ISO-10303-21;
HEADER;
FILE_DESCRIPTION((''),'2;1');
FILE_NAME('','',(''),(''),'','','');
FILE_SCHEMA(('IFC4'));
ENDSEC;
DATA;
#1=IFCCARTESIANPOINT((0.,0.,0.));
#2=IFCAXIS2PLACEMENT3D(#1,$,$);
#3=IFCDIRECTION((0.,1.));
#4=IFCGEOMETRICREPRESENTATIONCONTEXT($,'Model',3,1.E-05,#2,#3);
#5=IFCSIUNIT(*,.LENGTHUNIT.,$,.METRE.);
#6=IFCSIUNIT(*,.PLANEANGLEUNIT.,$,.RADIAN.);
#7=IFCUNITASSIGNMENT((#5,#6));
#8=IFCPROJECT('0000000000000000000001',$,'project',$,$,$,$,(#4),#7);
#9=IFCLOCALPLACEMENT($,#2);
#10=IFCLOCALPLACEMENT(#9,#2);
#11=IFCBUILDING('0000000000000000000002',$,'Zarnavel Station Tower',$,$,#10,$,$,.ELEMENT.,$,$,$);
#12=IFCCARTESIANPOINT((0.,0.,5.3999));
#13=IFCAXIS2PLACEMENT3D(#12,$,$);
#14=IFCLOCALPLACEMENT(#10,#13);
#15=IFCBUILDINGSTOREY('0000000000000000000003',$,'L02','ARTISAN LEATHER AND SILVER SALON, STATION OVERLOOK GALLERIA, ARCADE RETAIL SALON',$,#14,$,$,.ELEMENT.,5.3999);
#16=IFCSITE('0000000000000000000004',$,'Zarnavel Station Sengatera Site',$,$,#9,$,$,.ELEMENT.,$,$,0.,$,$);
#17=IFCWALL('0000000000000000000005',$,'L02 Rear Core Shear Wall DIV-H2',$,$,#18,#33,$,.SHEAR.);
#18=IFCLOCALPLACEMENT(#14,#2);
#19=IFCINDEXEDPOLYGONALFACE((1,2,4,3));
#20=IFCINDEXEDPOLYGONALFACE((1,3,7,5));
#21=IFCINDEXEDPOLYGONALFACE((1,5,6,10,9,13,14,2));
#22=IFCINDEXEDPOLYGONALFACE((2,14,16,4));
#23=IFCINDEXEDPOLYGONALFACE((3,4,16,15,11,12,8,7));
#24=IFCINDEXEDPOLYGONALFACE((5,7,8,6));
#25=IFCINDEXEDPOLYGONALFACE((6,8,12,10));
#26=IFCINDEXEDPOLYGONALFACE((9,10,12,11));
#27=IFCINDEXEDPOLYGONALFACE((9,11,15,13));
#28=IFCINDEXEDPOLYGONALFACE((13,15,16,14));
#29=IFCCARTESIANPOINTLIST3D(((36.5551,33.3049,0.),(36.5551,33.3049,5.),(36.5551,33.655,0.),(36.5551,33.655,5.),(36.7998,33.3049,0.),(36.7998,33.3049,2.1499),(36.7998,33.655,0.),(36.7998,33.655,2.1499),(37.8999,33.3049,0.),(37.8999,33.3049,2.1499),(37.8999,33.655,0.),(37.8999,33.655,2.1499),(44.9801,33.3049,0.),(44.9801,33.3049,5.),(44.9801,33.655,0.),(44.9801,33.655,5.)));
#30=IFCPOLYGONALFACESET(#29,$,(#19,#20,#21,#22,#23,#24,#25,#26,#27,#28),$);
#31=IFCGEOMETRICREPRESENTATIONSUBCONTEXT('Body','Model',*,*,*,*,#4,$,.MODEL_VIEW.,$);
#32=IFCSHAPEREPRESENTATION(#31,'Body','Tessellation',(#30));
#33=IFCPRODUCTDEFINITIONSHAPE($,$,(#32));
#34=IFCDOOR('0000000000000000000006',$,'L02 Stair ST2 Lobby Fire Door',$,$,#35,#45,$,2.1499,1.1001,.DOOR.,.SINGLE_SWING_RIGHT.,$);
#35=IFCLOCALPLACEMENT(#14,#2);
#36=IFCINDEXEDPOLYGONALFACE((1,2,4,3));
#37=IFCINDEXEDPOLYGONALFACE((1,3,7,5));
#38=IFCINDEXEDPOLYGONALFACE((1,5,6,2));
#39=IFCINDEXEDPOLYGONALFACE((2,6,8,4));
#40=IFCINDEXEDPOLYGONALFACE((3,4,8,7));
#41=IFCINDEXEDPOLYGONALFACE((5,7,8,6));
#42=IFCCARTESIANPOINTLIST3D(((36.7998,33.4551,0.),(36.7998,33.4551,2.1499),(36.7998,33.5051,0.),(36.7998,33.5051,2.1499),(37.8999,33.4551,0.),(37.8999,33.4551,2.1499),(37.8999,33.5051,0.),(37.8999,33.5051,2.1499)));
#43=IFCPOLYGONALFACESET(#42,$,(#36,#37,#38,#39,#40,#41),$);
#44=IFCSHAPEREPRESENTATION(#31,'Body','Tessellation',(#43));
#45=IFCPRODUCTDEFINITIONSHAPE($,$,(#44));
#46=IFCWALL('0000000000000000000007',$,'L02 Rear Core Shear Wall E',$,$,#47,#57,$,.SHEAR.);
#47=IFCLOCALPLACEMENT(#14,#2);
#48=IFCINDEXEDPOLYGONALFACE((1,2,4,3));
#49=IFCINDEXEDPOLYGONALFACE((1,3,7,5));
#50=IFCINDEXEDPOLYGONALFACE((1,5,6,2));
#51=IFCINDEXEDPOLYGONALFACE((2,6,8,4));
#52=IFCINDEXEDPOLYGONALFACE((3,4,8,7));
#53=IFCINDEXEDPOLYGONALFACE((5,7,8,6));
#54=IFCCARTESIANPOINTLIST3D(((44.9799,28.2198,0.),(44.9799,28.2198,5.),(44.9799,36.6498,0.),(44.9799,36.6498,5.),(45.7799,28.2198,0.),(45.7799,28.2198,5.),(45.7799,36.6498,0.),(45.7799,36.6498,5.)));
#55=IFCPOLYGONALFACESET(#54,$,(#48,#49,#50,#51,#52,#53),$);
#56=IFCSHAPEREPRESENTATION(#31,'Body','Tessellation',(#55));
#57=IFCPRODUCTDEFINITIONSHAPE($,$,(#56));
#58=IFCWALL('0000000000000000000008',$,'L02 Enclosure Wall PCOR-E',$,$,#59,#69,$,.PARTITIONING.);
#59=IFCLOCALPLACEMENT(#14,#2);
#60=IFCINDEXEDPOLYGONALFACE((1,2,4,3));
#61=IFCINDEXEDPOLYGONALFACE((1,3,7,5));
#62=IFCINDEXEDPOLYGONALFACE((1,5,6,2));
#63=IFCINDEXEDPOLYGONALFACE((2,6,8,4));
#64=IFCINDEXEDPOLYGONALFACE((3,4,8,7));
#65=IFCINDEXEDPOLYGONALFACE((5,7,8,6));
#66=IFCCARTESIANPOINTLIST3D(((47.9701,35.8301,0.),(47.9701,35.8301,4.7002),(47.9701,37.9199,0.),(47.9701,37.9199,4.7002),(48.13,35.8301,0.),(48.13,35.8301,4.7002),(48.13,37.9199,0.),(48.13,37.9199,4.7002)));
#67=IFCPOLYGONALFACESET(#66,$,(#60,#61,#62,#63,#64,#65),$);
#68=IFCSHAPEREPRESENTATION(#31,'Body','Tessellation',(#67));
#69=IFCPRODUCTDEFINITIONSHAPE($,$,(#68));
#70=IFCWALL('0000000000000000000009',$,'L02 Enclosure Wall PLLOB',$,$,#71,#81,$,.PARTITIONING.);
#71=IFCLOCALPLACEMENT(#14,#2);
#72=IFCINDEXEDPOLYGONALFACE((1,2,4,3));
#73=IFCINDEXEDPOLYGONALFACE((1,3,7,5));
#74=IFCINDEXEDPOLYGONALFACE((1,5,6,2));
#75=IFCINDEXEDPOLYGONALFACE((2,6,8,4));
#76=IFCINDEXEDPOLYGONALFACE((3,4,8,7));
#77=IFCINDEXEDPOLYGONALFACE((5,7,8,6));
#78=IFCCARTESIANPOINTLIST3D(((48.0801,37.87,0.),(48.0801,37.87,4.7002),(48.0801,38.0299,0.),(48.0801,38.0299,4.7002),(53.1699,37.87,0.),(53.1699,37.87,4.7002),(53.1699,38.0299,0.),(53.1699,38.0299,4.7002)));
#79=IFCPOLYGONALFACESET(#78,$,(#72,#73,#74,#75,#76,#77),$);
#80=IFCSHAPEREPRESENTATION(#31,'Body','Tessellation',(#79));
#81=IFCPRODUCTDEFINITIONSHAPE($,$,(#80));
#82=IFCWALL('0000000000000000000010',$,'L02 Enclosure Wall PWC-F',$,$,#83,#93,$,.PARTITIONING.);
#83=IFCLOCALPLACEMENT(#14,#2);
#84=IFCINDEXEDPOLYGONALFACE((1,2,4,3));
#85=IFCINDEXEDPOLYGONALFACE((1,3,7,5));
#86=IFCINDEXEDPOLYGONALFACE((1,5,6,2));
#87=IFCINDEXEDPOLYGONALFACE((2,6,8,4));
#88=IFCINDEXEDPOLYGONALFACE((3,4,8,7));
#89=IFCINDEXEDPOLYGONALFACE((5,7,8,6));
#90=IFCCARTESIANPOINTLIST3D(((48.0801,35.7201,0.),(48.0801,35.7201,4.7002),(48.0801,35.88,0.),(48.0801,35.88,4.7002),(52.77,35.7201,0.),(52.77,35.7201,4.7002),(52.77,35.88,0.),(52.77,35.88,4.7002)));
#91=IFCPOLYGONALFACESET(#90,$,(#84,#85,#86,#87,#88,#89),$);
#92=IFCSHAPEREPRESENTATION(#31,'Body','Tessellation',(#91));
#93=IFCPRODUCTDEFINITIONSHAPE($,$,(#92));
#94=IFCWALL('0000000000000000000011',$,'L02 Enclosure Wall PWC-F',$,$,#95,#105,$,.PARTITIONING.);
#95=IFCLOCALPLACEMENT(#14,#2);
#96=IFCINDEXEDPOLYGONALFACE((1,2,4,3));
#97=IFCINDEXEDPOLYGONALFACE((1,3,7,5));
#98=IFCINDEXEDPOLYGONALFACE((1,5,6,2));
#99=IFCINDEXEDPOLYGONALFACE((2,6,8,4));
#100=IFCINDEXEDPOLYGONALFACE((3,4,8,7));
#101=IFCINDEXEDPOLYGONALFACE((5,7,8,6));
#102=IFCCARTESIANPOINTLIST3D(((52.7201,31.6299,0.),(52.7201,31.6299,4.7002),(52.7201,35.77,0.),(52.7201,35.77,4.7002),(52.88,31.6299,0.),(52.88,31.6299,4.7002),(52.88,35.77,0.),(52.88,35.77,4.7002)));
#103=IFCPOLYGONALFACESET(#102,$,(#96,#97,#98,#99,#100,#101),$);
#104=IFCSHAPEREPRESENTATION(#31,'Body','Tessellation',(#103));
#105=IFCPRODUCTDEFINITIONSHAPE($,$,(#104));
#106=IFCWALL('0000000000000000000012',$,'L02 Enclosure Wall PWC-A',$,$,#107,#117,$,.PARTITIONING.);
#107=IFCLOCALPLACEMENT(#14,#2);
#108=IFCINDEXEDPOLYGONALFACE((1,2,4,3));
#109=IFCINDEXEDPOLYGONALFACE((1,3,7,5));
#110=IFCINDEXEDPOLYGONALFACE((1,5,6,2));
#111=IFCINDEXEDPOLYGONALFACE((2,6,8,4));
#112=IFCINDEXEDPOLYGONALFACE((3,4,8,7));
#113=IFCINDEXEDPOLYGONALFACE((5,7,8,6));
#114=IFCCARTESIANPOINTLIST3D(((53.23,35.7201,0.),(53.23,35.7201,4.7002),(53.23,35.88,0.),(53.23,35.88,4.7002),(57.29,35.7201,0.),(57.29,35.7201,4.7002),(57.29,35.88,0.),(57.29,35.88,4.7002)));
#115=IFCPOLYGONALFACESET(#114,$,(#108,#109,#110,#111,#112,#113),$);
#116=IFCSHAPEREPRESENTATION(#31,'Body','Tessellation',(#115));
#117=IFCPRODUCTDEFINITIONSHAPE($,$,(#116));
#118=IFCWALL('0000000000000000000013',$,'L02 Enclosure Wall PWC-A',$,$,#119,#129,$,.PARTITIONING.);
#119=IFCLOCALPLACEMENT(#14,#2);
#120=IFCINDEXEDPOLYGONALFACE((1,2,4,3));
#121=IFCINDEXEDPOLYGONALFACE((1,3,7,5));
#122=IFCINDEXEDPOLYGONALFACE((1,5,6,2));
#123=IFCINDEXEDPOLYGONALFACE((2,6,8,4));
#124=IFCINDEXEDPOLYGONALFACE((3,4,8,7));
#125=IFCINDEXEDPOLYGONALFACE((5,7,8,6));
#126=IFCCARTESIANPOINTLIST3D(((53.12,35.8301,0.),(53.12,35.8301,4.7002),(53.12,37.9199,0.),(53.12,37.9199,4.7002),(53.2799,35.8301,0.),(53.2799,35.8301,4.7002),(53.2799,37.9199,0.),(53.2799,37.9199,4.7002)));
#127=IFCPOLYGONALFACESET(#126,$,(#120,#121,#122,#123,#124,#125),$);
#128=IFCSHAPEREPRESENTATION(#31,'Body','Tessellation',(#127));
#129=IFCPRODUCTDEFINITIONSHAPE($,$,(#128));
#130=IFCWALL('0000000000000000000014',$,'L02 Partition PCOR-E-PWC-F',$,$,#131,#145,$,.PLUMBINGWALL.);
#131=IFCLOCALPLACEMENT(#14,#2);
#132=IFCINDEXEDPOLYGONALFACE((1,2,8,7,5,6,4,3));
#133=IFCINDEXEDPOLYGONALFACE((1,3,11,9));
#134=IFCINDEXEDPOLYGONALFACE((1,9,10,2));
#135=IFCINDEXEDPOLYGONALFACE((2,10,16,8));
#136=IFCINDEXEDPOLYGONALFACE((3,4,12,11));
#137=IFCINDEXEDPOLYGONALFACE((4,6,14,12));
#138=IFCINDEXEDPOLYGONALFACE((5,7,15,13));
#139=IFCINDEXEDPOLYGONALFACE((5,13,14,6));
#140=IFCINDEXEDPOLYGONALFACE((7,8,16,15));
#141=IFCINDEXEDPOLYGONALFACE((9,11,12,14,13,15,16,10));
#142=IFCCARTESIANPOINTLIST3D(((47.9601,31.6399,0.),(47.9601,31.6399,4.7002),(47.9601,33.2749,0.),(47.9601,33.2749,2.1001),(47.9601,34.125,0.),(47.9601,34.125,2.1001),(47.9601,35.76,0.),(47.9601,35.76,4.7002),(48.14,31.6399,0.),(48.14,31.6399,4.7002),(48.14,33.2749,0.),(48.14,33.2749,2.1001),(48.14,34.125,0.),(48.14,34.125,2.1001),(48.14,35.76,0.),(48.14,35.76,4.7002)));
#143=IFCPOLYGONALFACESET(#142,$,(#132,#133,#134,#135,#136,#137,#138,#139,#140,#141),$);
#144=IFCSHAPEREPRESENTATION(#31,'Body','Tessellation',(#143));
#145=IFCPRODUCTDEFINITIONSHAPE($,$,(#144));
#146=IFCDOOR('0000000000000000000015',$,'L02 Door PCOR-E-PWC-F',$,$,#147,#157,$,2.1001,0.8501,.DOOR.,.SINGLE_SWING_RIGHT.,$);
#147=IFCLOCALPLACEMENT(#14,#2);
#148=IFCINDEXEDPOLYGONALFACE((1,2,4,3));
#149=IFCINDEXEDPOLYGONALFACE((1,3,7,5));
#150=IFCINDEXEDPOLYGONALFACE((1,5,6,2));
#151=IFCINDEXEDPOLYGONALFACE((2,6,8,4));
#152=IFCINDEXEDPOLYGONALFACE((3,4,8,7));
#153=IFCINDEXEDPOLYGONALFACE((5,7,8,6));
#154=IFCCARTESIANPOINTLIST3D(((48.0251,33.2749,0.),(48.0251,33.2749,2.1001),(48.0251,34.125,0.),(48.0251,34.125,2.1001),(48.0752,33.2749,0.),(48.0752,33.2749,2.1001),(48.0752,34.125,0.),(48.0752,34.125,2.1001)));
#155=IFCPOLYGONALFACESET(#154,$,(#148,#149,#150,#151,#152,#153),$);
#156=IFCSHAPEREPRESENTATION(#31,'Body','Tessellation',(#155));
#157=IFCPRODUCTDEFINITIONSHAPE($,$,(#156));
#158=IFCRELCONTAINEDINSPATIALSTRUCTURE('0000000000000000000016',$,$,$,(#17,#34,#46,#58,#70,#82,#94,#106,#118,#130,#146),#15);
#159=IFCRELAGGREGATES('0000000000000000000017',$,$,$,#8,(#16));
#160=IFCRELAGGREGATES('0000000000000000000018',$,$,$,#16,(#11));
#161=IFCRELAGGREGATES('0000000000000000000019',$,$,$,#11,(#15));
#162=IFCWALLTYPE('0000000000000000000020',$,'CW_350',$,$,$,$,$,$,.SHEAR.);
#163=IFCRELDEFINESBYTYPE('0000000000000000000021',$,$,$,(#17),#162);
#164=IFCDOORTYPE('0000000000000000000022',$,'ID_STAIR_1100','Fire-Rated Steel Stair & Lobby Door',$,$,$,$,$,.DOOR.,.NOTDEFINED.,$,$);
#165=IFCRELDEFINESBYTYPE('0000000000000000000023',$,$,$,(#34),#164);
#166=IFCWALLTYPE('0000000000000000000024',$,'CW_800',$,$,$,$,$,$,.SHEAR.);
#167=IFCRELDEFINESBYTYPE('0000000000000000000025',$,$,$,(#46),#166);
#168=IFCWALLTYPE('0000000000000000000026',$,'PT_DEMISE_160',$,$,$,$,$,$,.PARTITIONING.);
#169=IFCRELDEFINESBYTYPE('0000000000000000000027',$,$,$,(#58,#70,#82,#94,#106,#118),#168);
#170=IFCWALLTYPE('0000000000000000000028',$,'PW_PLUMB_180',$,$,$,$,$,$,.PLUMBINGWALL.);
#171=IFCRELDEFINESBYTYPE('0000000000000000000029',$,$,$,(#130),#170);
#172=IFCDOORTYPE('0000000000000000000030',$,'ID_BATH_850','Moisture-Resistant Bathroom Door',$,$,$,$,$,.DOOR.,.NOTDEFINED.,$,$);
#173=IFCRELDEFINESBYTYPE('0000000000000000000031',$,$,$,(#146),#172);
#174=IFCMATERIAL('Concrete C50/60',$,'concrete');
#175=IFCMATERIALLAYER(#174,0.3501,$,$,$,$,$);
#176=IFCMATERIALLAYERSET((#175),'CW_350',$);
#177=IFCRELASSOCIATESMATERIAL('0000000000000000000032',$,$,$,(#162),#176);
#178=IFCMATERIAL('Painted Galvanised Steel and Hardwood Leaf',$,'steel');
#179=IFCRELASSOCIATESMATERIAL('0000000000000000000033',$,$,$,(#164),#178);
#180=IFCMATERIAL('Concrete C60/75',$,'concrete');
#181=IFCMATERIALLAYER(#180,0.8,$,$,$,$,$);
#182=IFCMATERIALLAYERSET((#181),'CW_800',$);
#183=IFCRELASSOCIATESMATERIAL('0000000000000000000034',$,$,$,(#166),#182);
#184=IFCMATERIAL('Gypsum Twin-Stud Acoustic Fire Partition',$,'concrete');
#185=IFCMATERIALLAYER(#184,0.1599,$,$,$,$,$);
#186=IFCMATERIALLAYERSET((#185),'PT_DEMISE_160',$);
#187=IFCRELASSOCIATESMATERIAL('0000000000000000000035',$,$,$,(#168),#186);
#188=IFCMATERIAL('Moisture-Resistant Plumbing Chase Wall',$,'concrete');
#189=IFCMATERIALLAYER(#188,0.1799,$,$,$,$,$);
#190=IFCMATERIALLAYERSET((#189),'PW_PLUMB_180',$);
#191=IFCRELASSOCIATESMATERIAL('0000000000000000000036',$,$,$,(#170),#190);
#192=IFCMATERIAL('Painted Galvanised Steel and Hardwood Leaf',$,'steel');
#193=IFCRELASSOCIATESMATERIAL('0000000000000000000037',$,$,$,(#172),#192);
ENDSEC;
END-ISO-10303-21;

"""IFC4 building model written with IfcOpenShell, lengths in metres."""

from ifc_helpers import new_model, si_unit, direction, frame, frame_2d, origin, place, context, subcontext, project, spatial, rectangle, extrude, material, layer, layer_set, type_object, element, fill, save


model = new_model("IFC4")

# Units and contexts
model_context = context("Model", 3, precision=1e-05, world=origin(), true_north=direction((0.0, 1.0)))
body_context = subcontext(model_context, "Body", "Model", "MODEL_VIEW")
ifc_project = project(units=[si_unit("LENGTHUNIT", "METRE"), si_unit("PLANEANGLEUNIT", "RADIAN")], contexts=[model_context])

# Site, building, storey
site_placement = place(None, origin())
site = spatial("IfcSite", under=ifc_project, at=site_placement, Name="Zarnavel Station Sengatera Site", CompositionType="ELEMENT", RefElevation=0.0)
building_placement = place(site_placement, origin())
building = spatial("IfcBuilding", under=site, at=building_placement, Name="Zarnavel Station Tower", CompositionType="ELEMENT")
storey_placement = place(building_placement, frame((0.0, 0.0, 5.3999)))
storey = spatial("IfcBuildingStorey", under=building, at=storey_placement, Name="L02", Description="ARTISAN LEATHER AND SILVER SALON, STATION OVERLOOK GALLERIA, ARCADE RETAIL SALON", CompositionType="ELEMENT", Elevation=5.3999)

# Wall, opening, door
ifc_material_1 = material(Name="Concrete C50/60", Category="concrete")
ifc_layer_1 = layer(ifc_material_1, 0.3501)
ifc_layer_set_1 = layer_set([ifc_layer_1], Name="CW_350")
wall_type_1 = type_object("IfcWallType", Name="CW_350", PredefinedType="SHEAR", material=ifc_layer_set_1)
wall_1_placement = place(storey_placement, frame((44.98, 33.48, 0.0), z_axis=(0.0, 0.0, 1.0), x_axis=(-1.0, 0.0, 0.0)))
wall_1 = element("IfcWall", 1, at=wall_1_placement, inside=storey, type_object=wall_type_1, Name="L02 Rear Core Shear Wall DIV-H2", PredefinedType="SHEAR", context=body_context, shape_type="SweptSolid", body=[
    extrude(rectangle(XDim=8.425, YDim=0.3501, at=frame_2d((4.2124, 0.0))), origin(), (0.0, 0.0, 1.0), 5.0),
])
opening_1_placement = place(wall_1_placement, frame((7.0801, 0.0, 0.0)))
opening_1 = element("IfcOpeningElement", 2, at=opening_1_placement, cuts=wall_1, PredefinedType="OPENING", context=body_context, shape_type="SweptSolid", body=[
    extrude(rectangle(XDim=1.1001, YDim=2.1499, at=frame_2d((0.55, 1.075))), frame((0.0, 0.1851, 0.0), z_axis=(0.0, -1.0, 0.0), x_axis=(1.0, 0.0, 0.0)), (0.0, 0.0, 1.0), 0.3701),
])
ifc_material_2 = material(Name="Painted Galvanised Steel and Hardwood Leaf", Category="steel")
door_type_1 = type_object("IfcDoorType", Name="ID_STAIR_1100", Description="Fire-Rated Steel Stair & Lobby Door", OperationType="NOTDEFINED", PredefinedType="DOOR", material=ifc_material_2)
door_1_placement = place(opening_1_placement, origin())
door_1 = element("IfcDoor", 3, at=door_1_placement, inside=storey, type_object=door_type_1, Name="L02 Stair ST2 Lobby Fire Door", OperationType="SINGLE_SWING_RIGHT", OverallHeight=2.1499, OverallWidth=1.1001, PredefinedType="DOOR", context=body_context, shape_type="SweptSolid", body=[
    extrude(rectangle(XDim=1.1001, YDim=2.1499, at=frame_2d((0.55, 1.075))), frame((0.0, 0.0249, 0.0), z_axis=(0.0, -1.0, 0.0), x_axis=(1.0, 0.0, 0.0)), (0.0, 0.0, 1.0), 0.05),
])
fill(opening_1, door_1)

# Shared definitions
ifc_material_3 = material(Name="Concrete C60/75", Category="concrete")
ifc_layer_2 = layer(ifc_material_3, 0.8)
ifc_layer_set_2 = layer_set([ifc_layer_2], Name="CW_800")
wall_type_2 = type_object("IfcWallType", Name="CW_800", PredefinedType="SHEAR", material=ifc_layer_set_2)

# Walls
wall_2_placement = place(storey_placement, frame((45.3799, 28.22, 0.0), z_axis=(0.0, 0.0, 1.0), x_axis=(0.0, 1.0, 0.0)))
element("IfcWall", 4, at=wall_2_placement, inside=storey, type_object=wall_type_2, Name="L02 Rear Core Shear Wall E", PredefinedType="SHEAR", context=body_context, shape_type="SweptSolid", body=[
    extrude(rectangle(XDim=8.4299, YDim=0.8, at=frame_2d((4.2148, 0.0))), origin(), (0.0, 0.0, 1.0), 5.0),
])
ifc_material_4 = material(Name="Gypsum Twin-Stud Acoustic Fire Partition", Category="concrete")
ifc_layer_3 = layer(ifc_material_4, 0.1599)
ifc_layer_set_3 = layer_set([ifc_layer_3], Name="PT_DEMISE_160")
wall_type_3 = type_object("IfcWallType", Name="PT_DEMISE_160", PredefinedType="PARTITIONING", material=ifc_layer_set_3)
wall_3_placement = place(storey_placement, frame((48.05, 35.8301, 0.0), z_axis=(0.0, 0.0, 1.0), x_axis=(0.0, 1.0, 0.0)))
element("IfcWall", 5, at=wall_3_placement, inside=storey, type_object=wall_type_3, Name="L02 Enclosure Wall PCOR-E", PredefinedType="PARTITIONING", context=body_context, shape_type="SweptSolid", body=[
    extrude(rectangle(XDim=2.0898, YDim=0.1599, at=frame_2d((1.0449, 0.0))), origin(), (0.0, 0.0, 1.0), 4.7002),
])
wall_4_placement = place(storey_placement, frame((48.0801, 37.95, 0.0), z_axis=(0.0, 0.0, 1.0), x_axis=(1.0, 0.0, 0.0)))
element("IfcWall", 6, at=wall_4_placement, inside=storey, type_object=wall_type_3, Name="L02 Enclosure Wall PLLOB", PredefinedType="PARTITIONING", context=body_context, shape_type="SweptSolid", body=[
    extrude(rectangle(XDim=5.0898, YDim=0.1599, at=frame_2d((2.5449, 0.0))), origin(), (0.0, 0.0, 1.0), 4.7002),
])
wall_5_placement = place(storey_placement, frame((48.0801, 35.8, 0.0), z_axis=(0.0, 0.0, 1.0), x_axis=(1.0, 0.0, 0.0)))
element("IfcWall", 7, at=wall_5_placement, inside=storey, type_object=wall_type_3, Name="L02 Enclosure Wall PWC-F", PredefinedType="PARTITIONING", context=body_context, shape_type="SweptSolid", body=[
    extrude(rectangle(XDim=4.6899, YDim=0.1599, at=frame_2d((2.345, 0.0))), origin(), (0.0, 0.0, 1.0), 4.7002),
])
wall_6_placement = place(storey_placement, frame((52.8, 31.6299, 0.0), z_axis=(0.0, 0.0, 1.0), x_axis=(0.0, 1.0, 0.0)))
element("IfcWall", 8, at=wall_6_placement, inside=storey, type_object=wall_type_3, Name="L02 Enclosure Wall PWC-F", PredefinedType="PARTITIONING", context=body_context, shape_type="SweptSolid", body=[
    extrude(rectangle(XDim=4.1401, YDim=0.1599, at=frame_2d((2.0701, 0.0))), origin(), (0.0, 0.0, 1.0), 4.7002),
])
wall_7_placement = place(storey_placement, frame((53.23, 35.8, 0.0), z_axis=(0.0, 0.0, 1.0), x_axis=(1.0, 0.0, 0.0)))
element("IfcWall", 9, at=wall_7_placement, inside=storey, type_object=wall_type_3, Name="L02 Enclosure Wall PWC-A", PredefinedType="PARTITIONING", context=body_context, shape_type="SweptSolid", body=[
    extrude(rectangle(XDim=4.0601, YDim=0.1599, at=frame_2d((2.03, 0.0))), origin(), (0.0, 0.0, 1.0), 4.7002),
])
wall_8_placement = place(storey_placement, frame((53.2, 35.8301, 0.0), z_axis=(0.0, 0.0, 1.0), x_axis=(0.0, 1.0, 0.0)))
element("IfcWall", 10, at=wall_8_placement, inside=storey, type_object=wall_type_3, Name="L02 Enclosure Wall PWC-A", PredefinedType="PARTITIONING", context=body_context, shape_type="SweptSolid", body=[
    extrude(rectangle(XDim=2.0898, YDim=0.1599, at=frame_2d((1.0449, 0.0))), origin(), (0.0, 0.0, 1.0), 4.7002),
])

# Wall, opening, door
ifc_material_5 = material(Name="Moisture-Resistant Plumbing Chase Wall", Category="concrete")
ifc_layer_4 = layer(ifc_material_5, 0.1799)
ifc_layer_set_4 = layer_set([ifc_layer_4], Name="PW_PLUMB_180")
wall_type_4 = type_object("IfcWallType", Name="PW_PLUMB_180", PredefinedType="PLUMBINGWALL", material=ifc_layer_set_4)
wall_9_placement = place(storey_placement, frame((48.05, 31.6399, 0.0), z_axis=(0.0, 0.0, 1.0), x_axis=(0.0, 1.0, 0.0)))
wall_9 = element("IfcWall", 11, at=wall_9_placement, inside=storey, type_object=wall_type_4, Name="L02 Partition PCOR-E-PWC-F", PredefinedType="PLUMBINGWALL", context=body_context, shape_type="SweptSolid", body=[
    extrude(rectangle(XDim=4.1201, YDim=0.1799, at=frame_2d((2.0601, 0.0))), origin(), (0.0, 0.0, 1.0), 4.7002),
])
opening_2_placement = place(wall_9_placement, frame((1.635, 0.0, 0.0)))
opening_2 = element("IfcOpeningElement", 12, at=opening_2_placement, cuts=wall_9, PredefinedType="OPENING", context=body_context, shape_type="SweptSolid", body=[
    extrude(rectangle(XDim=0.8501, YDim=2.1001, at=frame_2d((0.425, 1.05))), frame((0.0, 0.0999, 0.0), z_axis=(0.0, -1.0, 0.0), x_axis=(1.0, 0.0, 0.0)), (0.0, 0.0, 1.0), 0.2),
])
ifc_material_6 = material(Name="Painted Galvanised Steel and Hardwood Leaf", Category="steel")
door_type_2 = type_object("IfcDoorType", Name="ID_BATH_850", Description="Moisture-Resistant Bathroom Door", OperationType="NOTDEFINED", PredefinedType="DOOR", material=ifc_material_6)
door_2_placement = place(opening_2_placement, origin())
door_2 = element("IfcDoor", 13, at=door_2_placement, inside=storey, type_object=door_type_2, Name="L02 Door PCOR-E-PWC-F", OperationType="SINGLE_SWING_RIGHT", OverallHeight=2.1001, OverallWidth=0.8501, PredefinedType="DOOR", context=body_context, shape_type="SweptSolid", body=[
    extrude(rectangle(XDim=0.8501, YDim=2.1001, at=frame_2d((0.425, 1.05))), frame((0.0, 0.0249, 0.0), z_axis=(0.0, -1.0, 0.0), x_axis=(1.0, 0.0, 0.0)), (0.0, 0.0, 1.0), 0.05),
])
fill(opening_2, door_2)

save(model, "model.ifc")
